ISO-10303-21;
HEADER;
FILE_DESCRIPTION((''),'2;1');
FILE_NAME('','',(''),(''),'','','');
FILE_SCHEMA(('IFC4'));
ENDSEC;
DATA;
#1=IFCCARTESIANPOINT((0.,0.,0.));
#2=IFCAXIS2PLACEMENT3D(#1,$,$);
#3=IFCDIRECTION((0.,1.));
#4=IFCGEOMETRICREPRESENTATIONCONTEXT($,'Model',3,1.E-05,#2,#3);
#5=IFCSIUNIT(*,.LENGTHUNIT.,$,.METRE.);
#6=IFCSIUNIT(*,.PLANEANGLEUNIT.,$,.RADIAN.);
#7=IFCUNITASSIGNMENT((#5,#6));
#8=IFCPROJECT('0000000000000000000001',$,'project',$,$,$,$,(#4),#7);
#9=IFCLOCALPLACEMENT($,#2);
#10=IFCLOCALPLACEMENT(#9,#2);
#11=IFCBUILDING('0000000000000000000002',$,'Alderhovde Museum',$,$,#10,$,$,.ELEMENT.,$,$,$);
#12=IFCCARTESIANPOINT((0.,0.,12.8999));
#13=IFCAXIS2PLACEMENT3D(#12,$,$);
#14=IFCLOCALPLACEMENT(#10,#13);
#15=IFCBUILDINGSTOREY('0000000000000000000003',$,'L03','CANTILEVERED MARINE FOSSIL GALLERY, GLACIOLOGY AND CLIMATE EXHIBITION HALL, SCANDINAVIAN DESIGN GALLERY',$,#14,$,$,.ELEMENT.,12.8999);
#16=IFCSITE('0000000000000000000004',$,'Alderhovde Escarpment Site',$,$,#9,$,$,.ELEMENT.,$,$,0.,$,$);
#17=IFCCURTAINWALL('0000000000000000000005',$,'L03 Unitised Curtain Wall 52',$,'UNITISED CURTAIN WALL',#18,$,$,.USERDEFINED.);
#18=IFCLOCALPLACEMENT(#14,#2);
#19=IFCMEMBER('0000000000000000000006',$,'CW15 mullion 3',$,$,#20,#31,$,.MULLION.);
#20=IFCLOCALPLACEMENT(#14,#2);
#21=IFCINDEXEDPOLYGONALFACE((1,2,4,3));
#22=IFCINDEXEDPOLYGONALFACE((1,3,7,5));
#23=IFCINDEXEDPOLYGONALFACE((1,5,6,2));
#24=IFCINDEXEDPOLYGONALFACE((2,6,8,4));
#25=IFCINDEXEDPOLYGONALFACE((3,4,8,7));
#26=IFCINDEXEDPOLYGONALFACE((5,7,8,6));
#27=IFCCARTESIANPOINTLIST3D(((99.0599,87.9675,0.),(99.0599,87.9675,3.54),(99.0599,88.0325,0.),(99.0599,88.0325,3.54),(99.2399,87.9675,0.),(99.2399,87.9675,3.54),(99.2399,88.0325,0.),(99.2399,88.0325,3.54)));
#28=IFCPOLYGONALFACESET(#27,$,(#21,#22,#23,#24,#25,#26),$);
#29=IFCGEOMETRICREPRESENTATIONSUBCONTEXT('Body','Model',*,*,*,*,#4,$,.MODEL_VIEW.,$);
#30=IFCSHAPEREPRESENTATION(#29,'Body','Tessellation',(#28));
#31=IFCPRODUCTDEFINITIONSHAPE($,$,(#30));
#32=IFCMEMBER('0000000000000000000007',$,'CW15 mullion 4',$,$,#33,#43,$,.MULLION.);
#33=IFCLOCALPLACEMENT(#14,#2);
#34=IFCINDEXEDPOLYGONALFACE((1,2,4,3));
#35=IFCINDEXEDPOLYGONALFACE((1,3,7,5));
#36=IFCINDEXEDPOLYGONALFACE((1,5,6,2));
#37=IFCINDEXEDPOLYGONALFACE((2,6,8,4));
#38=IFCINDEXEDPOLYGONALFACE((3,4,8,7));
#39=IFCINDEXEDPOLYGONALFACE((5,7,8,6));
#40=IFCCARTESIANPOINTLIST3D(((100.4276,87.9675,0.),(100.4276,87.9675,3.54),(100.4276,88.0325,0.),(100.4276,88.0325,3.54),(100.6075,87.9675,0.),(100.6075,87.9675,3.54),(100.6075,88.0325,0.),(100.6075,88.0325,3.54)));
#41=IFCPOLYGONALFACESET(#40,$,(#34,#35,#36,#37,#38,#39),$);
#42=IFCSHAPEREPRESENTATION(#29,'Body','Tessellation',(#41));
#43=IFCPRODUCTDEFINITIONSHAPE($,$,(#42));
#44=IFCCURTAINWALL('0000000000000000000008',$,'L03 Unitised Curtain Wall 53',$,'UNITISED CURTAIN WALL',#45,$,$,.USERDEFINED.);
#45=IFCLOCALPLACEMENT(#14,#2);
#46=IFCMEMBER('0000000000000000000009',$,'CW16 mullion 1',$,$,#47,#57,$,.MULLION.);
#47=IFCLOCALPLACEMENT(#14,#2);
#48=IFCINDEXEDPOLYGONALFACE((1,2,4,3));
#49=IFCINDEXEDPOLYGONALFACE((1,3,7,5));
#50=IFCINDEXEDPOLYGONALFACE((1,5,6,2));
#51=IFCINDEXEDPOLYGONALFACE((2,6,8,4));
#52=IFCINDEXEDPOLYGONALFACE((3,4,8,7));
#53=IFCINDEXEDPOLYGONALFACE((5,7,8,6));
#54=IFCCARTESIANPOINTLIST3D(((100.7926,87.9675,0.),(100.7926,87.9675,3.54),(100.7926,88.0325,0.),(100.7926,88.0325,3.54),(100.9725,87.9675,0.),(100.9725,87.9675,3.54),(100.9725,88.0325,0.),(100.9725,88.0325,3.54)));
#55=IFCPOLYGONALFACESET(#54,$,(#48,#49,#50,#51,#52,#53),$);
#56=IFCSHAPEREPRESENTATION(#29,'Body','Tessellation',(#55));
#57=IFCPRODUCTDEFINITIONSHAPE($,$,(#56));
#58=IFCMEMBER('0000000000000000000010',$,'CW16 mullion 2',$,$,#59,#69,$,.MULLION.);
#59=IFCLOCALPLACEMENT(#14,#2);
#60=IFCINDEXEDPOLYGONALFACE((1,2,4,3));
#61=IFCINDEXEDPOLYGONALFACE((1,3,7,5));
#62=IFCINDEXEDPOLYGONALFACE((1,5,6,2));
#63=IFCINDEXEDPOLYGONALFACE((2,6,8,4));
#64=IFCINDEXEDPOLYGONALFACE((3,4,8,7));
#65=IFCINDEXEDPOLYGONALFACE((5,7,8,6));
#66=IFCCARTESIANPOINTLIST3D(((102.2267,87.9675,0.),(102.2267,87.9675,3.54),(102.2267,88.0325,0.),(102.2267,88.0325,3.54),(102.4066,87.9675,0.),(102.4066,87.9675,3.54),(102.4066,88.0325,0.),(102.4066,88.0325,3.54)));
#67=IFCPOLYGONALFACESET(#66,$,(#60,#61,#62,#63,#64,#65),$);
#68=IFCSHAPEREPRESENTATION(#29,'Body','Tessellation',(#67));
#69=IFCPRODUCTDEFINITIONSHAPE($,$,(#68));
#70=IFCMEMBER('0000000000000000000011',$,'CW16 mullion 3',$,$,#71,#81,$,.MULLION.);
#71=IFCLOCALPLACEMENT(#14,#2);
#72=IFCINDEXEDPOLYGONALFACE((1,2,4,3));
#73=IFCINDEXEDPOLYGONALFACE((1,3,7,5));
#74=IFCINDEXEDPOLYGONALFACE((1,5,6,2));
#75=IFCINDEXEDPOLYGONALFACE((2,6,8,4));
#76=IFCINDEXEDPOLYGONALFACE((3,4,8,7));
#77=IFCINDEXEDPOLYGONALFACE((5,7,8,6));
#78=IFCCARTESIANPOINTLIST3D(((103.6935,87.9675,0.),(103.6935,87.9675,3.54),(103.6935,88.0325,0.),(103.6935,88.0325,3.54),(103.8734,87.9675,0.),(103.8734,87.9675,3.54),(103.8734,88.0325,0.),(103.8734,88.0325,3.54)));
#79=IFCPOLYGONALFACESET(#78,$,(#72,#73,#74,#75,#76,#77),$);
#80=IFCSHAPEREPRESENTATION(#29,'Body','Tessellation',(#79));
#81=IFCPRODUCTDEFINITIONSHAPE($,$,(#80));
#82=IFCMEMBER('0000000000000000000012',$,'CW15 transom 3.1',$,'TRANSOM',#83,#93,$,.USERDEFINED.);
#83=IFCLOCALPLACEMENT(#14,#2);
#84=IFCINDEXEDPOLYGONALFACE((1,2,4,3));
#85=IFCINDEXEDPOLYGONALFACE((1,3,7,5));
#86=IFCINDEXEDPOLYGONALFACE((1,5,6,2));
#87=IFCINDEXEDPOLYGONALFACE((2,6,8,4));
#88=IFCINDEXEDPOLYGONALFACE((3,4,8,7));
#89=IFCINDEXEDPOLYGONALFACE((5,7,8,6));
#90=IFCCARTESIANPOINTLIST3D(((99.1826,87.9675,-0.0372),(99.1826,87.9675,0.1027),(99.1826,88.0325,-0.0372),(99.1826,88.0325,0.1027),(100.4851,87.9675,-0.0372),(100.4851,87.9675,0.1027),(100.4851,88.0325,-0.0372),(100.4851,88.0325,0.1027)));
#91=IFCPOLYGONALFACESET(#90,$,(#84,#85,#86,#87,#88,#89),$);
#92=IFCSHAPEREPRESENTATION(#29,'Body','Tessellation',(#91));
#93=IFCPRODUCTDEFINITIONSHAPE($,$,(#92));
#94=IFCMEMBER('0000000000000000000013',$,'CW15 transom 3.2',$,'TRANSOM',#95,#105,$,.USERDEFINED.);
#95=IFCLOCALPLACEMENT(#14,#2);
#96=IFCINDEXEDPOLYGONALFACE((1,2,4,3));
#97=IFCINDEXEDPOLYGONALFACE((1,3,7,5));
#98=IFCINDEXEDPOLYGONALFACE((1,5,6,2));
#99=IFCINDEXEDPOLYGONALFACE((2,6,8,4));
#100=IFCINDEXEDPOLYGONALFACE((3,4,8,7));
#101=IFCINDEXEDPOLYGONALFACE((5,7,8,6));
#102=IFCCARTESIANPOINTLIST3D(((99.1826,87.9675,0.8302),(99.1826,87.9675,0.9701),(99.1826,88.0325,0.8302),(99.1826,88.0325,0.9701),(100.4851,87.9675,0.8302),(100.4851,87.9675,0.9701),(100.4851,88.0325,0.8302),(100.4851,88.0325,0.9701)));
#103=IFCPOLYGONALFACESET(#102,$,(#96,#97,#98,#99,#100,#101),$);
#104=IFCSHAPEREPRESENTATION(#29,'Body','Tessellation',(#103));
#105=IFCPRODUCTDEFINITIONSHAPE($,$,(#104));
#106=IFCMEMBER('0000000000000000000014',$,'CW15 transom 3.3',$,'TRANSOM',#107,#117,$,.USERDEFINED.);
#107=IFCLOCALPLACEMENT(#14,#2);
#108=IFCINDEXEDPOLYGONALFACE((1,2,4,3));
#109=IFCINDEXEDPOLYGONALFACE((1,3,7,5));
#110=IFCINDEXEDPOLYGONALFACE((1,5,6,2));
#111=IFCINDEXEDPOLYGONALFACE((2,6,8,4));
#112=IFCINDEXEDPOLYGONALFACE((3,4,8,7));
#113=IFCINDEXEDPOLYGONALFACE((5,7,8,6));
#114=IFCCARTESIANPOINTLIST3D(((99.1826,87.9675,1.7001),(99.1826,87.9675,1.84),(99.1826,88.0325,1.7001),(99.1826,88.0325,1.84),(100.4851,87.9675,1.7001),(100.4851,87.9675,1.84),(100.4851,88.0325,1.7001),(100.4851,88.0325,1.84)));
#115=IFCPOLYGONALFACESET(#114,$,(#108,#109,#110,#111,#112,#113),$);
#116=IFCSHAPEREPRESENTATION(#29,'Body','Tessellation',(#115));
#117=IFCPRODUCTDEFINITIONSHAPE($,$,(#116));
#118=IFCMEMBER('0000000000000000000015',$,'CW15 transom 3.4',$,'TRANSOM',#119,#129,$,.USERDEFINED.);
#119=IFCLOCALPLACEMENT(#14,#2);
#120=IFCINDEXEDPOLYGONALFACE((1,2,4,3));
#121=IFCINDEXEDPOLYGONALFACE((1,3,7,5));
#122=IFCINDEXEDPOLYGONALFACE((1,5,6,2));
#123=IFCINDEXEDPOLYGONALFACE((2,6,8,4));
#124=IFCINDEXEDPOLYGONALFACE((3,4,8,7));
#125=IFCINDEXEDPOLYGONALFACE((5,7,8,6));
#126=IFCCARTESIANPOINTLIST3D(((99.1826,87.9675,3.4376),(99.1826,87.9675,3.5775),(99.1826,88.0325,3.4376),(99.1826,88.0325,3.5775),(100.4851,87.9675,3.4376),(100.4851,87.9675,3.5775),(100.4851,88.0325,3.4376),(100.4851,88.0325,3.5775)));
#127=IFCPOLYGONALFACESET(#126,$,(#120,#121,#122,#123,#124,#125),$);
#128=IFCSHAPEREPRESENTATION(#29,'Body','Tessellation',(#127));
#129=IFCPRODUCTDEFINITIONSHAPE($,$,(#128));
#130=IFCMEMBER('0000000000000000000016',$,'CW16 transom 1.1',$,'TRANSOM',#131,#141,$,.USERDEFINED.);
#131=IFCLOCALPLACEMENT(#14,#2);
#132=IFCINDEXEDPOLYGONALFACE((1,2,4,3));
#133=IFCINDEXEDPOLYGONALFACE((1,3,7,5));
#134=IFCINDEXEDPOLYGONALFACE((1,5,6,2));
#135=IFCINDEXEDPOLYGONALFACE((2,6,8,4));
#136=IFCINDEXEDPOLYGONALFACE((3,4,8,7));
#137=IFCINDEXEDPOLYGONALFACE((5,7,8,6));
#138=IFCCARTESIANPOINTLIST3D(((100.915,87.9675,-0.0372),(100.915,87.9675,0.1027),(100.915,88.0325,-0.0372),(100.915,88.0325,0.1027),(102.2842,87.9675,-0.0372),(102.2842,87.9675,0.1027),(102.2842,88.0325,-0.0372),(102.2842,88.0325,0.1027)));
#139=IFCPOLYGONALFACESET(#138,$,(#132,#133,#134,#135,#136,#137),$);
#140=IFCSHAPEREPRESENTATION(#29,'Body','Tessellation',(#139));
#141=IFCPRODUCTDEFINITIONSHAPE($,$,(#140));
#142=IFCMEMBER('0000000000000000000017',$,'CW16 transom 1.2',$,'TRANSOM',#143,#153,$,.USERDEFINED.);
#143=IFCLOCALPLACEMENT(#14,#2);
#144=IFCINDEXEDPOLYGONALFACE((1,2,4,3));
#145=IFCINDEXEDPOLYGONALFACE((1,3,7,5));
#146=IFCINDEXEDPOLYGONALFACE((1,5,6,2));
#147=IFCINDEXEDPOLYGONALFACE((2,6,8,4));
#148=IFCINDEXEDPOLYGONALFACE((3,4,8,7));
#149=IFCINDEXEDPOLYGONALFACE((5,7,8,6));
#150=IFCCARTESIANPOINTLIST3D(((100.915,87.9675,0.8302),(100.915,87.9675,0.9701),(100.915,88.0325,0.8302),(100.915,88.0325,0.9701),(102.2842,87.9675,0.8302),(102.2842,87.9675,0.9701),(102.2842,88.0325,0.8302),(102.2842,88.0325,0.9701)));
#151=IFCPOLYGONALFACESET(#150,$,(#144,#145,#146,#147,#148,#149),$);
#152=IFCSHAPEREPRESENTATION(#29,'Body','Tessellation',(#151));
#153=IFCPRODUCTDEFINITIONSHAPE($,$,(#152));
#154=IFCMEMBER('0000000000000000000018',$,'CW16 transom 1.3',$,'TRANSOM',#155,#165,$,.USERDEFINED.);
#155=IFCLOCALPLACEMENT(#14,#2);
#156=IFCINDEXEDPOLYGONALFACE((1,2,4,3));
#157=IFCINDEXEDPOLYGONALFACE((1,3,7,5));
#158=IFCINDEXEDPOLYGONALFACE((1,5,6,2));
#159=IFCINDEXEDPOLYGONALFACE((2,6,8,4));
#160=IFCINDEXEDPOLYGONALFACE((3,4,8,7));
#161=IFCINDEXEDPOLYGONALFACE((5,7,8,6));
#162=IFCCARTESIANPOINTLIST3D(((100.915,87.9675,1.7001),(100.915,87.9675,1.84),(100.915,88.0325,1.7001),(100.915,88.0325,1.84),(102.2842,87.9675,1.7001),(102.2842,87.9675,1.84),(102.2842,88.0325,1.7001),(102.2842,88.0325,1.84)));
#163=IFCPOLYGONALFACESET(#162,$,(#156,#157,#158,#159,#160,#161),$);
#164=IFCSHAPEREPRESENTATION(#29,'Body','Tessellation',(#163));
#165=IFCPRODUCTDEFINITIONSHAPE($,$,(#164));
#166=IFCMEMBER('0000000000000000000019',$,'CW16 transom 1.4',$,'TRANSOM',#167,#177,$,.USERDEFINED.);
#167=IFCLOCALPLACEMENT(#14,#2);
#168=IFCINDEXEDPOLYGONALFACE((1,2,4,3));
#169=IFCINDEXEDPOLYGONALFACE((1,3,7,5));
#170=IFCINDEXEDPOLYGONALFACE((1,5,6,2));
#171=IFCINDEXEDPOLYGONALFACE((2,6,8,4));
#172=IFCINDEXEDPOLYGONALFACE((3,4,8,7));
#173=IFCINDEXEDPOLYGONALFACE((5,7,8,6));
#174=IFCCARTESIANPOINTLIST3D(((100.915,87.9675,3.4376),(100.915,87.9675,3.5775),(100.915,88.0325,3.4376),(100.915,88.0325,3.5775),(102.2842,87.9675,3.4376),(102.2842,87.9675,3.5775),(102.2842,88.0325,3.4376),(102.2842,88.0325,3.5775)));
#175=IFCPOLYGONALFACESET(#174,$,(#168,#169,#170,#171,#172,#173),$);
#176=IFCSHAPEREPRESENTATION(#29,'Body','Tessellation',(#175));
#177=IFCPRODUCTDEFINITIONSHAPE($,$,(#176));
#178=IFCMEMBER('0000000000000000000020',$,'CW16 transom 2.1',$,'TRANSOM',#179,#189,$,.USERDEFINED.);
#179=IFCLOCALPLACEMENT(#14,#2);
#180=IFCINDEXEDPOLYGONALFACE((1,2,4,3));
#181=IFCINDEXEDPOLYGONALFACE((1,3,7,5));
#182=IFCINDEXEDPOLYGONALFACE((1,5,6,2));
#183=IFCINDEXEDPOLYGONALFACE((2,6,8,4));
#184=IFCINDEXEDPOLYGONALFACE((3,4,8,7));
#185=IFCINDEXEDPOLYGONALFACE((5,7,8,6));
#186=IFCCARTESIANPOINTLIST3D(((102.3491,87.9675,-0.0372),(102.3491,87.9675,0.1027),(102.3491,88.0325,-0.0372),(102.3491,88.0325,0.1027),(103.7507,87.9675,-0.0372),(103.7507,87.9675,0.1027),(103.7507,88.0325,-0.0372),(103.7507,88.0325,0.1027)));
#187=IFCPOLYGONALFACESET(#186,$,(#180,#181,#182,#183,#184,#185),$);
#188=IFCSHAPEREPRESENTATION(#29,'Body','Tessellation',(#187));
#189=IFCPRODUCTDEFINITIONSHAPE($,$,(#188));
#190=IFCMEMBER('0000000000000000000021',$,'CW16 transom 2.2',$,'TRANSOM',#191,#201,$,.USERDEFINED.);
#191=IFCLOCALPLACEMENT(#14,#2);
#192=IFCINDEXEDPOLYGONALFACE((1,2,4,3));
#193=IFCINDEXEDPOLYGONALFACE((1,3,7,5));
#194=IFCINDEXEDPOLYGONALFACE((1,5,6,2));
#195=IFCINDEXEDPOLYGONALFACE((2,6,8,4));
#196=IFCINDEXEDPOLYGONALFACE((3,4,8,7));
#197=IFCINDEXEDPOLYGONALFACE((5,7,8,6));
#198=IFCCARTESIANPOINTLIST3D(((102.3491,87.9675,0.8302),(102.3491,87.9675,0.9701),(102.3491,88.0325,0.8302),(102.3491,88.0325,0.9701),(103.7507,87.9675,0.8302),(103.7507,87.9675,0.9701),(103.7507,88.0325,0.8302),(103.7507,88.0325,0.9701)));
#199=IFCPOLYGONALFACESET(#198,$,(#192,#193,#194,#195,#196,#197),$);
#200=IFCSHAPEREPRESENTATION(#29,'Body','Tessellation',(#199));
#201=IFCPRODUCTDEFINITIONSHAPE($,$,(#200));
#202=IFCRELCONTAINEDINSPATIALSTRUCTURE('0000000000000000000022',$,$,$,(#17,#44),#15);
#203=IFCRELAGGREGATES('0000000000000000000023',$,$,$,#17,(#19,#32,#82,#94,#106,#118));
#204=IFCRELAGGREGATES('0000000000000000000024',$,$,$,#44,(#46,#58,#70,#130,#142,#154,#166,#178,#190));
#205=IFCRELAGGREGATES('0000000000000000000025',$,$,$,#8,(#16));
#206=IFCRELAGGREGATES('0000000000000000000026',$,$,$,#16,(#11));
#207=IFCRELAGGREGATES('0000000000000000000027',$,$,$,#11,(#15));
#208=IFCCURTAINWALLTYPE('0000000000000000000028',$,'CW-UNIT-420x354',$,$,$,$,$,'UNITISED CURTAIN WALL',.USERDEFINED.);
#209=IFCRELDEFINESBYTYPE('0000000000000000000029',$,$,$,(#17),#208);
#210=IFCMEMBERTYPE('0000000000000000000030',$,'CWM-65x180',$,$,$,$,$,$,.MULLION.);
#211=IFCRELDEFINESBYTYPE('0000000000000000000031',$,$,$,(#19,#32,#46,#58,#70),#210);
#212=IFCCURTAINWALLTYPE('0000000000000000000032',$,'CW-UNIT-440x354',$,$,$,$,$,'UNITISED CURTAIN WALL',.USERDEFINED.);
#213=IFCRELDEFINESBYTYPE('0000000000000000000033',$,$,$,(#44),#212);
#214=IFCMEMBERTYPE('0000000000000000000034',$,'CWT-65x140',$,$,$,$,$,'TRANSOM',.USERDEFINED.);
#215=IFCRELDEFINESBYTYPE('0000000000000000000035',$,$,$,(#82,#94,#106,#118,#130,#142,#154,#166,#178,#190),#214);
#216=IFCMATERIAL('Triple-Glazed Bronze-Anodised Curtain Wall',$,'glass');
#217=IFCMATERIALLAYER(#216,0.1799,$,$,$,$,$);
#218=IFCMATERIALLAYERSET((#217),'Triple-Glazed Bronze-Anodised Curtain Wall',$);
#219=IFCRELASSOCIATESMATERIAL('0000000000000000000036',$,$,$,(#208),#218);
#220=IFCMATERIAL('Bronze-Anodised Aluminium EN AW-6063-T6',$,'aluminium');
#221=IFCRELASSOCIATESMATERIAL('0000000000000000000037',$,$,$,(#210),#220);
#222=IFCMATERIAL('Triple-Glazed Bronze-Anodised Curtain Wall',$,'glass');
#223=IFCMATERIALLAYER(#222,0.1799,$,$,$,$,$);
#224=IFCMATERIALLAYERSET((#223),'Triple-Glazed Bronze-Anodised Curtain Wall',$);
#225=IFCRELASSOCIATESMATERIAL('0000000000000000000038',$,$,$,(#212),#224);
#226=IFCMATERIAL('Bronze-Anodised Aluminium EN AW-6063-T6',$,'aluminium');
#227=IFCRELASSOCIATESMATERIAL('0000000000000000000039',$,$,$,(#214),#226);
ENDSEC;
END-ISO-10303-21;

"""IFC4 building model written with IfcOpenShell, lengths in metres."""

from ifc_helpers import new_model, si_unit, direction, frame, origin, origin_2d, place, context, subcontext, project, spatial, rectangle, extrude, material, layer, layer_set, material_profile, profile_set, type_object, element, aggregate, save


model = new_model("IFC4")

# Units and contexts
model_context = context("Model", 3, precision=1e-05, world=origin(), true_north=direction((0.0, 1.0)))
body_context = subcontext(model_context, "Body", "Model", "MODEL_VIEW")
ifc_project = project(units=[si_unit("LENGTHUNIT", "METRE"), si_unit("PLANEANGLEUNIT", "RADIAN")], contexts=[model_context])

# Site, building, storey
site_placement = place(None, origin())
site = spatial("IfcSite", under=ifc_project, at=site_placement, Name="Alderhovde Escarpment Site", CompositionType="ELEMENT", RefElevation=0.0)
building_placement = place(site_placement, origin())
building = spatial("IfcBuilding", under=site, at=building_placement, Name="Alderhovde Museum", CompositionType="ELEMENT")
storey_placement = place(building_placement, frame((0.0, 0.0, 12.8999)))
storey = spatial("IfcBuildingStorey", under=building, at=storey_placement, Name="L03", Description="CANTILEVERED MARINE FOSSIL GALLERY, GLACIOLOGY AND CLIMATE EXHIBITION HALL, SCANDINAVIAN DESIGN GALLERY", CompositionType="ELEMENT", Elevation=12.8999)

# Curtain walls, members
ifc_material_1 = material(Name="Triple-Glazed Bronze-Anodised Curtain Wall", Category="glass")
ifc_layer_1 = layer(ifc_material_1, 0.1799)
ifc_layer_set_1 = layer_set([ifc_layer_1], Name="Triple-Glazed Bronze-Anodised Curtain Wall")
curtain_wall_type_1 = type_object("IfcCurtainWallType", Name="CW-UNIT-420x354", ElementType="UNITISED CURTAIN WALL", PredefinedType="USERDEFINED", material=ifc_layer_set_1)
curtain_wall_1_placement = place(storey_placement, origin())
curtain_wall_1 = element("IfcCurtainWall", 1, at=curtain_wall_1_placement, inside=storey, type_object=curtain_wall_type_1, Name="L03 Unitised Curtain Wall 52", ObjectType="UNITISED CURTAIN WALL", PredefinedType="USERDEFINED")
ifc_material_2 = material(Name="Bronze-Anodised Aluminium EN AW-6063-T6", Category="aluminium")
ifc_material_profile_1 = material_profile(ifc_material_2, rectangle(XDim=0.0649, YDim=0.1799, at=origin_2d()), Name="MULLION 65x180")
ifc_profile_set_1 = profile_set([ifc_material_profile_1], Name="Bronze-Anodised Aluminium EN AW-6063-T6")
member_type_1 = type_object("IfcMemberType", Name="CWM-65x180", PredefinedType="MULLION", material=ifc_profile_set_1)
member_1_placement = place(storey_placement, frame((99.1499, 88.0, 0.0), z_axis=(0.0, 0.0, 1.0), x_axis=(0.0, 1.0, 0.0)))
member_1 = element("IfcMember", 2, at=member_1_placement, type_object=member_type_1, Name="CW15 mullion 3", PredefinedType="MULLION", context=body_context, shape_type="SweptSolid", body=[
    extrude(rectangle(XDim=0.0649, YDim=0.1799, at=origin_2d()), origin(), (0.0, 0.0, 1.0), 3.54),
])
member_2_placement = place(storey_placement, frame((100.5176, 88.0, 0.0), z_axis=(0.0, 0.0, 1.0), x_axis=(0.0, 1.0, 0.0)))
member_2 = element("IfcMember", 3, at=member_2_placement, type_object=member_type_1, Name="CW15 mullion 4", PredefinedType="MULLION", context=body_context, shape_type="SweptSolid", body=[
    extrude(rectangle(XDim=0.0649, YDim=0.1799, at=origin_2d()), origin(), (0.0, 0.0, 1.0), 3.54),
])
ifc_material_3 = material(Name="Triple-Glazed Bronze-Anodised Curtain Wall", Category="glass")
ifc_layer_2 = layer(ifc_material_3, 0.1799)
ifc_layer_set_2 = layer_set([ifc_layer_2], Name="Triple-Glazed Bronze-Anodised Curtain Wall")
curtain_wall_type_2 = type_object("IfcCurtainWallType", Name="CW-UNIT-440x354", ElementType="UNITISED CURTAIN WALL", PredefinedType="USERDEFINED", material=ifc_layer_set_2)
curtain_wall_2_placement = place(storey_placement, origin())
curtain_wall_2 = element("IfcCurtainWall", 4, at=curtain_wall_2_placement, inside=storey, type_object=curtain_wall_type_2, Name="L03 Unitised Curtain Wall 53", ObjectType="UNITISED CURTAIN WALL", PredefinedType="USERDEFINED")
member_3_placement = place(storey_placement, frame((100.8826, 88.0, 0.0), z_axis=(0.0, 0.0, 1.0), x_axis=(0.0, 1.0, 0.0)))
member_3 = element("IfcMember", 5, at=member_3_placement, type_object=member_type_1, Name="CW16 mullion 1", PredefinedType="MULLION", context=body_context, shape_type="SweptSolid", body=[
    extrude(rectangle(XDim=0.0649, YDim=0.1799, at=origin_2d()), origin(), (0.0, 0.0, 1.0), 3.54),
])
member_4_placement = place(storey_placement, frame((102.3167, 88.0, 0.0), z_axis=(0.0, 0.0, 1.0), x_axis=(0.0, 1.0, 0.0)))
member_4 = element("IfcMember", 6, at=member_4_placement, type_object=member_type_1, Name="CW16 mullion 2", PredefinedType="MULLION", context=body_context, shape_type="SweptSolid", body=[
    extrude(rectangle(XDim=0.0649, YDim=0.1799, at=origin_2d()), origin(), (0.0, 0.0, 1.0), 3.54),
])
member_5_placement = place(storey_placement, frame((103.7834, 88.0, 0.0), z_axis=(0.0, 0.0, 1.0), x_axis=(0.0, 1.0, 0.0)))
member_5 = element("IfcMember", 7, at=member_5_placement, type_object=member_type_1, Name="CW16 mullion 3", PredefinedType="MULLION", context=body_context, shape_type="SweptSolid", body=[
    extrude(rectangle(XDim=0.0649, YDim=0.1799, at=origin_2d()), origin(), (0.0, 0.0, 1.0), 3.54),
])

# Members
ifc_material_4 = material(Name="Bronze-Anodised Aluminium EN AW-6063-T6", Category="aluminium")
ifc_material_profile_2 = material_profile(ifc_material_4, rectangle(XDim=0.0649, YDim=0.1399, at=origin_2d()), Name="TRANSOM 65x140")
ifc_profile_set_2 = profile_set([ifc_material_profile_2], Name="Bronze-Anodised Aluminium EN AW-6063-T6")
member_type_2 = type_object("IfcMemberType", Name="CWT-65x140", ElementType="TRANSOM", PredefinedType="USERDEFINED", material=ifc_profile_set_2)
member_6_placement = place(storey_placement, frame((99.1826, 88.0, 0.0327), z_axis=(1.0, 0.0, 0.0), x_axis=(0.0, 1.0, 0.0)))
member_6 = element("IfcMember", 8, at=member_6_placement, type_object=member_type_2, Name="CW15 transom 3.1", ObjectType="TRANSOM", PredefinedType="USERDEFINED", context=body_context, shape_type="SweptSolid", body=[
    extrude(rectangle(XDim=0.0649, YDim=0.1399, at=origin_2d()), origin(), (0.0, 0.0, 1.0), 1.3025),
])
member_7_placement = place(storey_placement, frame((99.1826, 88.0, 0.9001), z_axis=(1.0, 0.0, 0.0), x_axis=(0.0, 1.0, 0.0)))
member_7 = element("IfcMember", 9, at=member_7_placement, type_object=member_type_2, Name="CW15 transom 3.2", ObjectType="TRANSOM", PredefinedType="USERDEFINED", context=body_context, shape_type="SweptSolid", body=[
    extrude(rectangle(XDim=0.0649, YDim=0.1399, at=origin_2d()), origin(), (0.0, 0.0, 1.0), 1.3025),
])
member_8_placement = place(storey_placement, frame((99.1826, 88.0, 1.77), z_axis=(1.0, 0.0, 0.0), x_axis=(0.0, 1.0, 0.0)))
member_8 = element("IfcMember", 10, at=member_8_placement, type_object=member_type_2, Name="CW15 transom 3.3", ObjectType="TRANSOM", PredefinedType="USERDEFINED", context=body_context, shape_type="SweptSolid", body=[
    extrude(rectangle(XDim=0.0649, YDim=0.1399, at=origin_2d()), origin(), (0.0, 0.0, 1.0), 1.3025),
])
member_9_placement = place(storey_placement, frame((99.1826, 88.0, 3.5076), z_axis=(1.0, 0.0, 0.0), x_axis=(0.0, 1.0, 0.0)))
member_9 = element("IfcMember", 11, at=member_9_placement, type_object=member_type_2, Name="CW15 transom 3.4", ObjectType="TRANSOM", PredefinedType="USERDEFINED", context=body_context, shape_type="SweptSolid", body=[
    extrude(rectangle(XDim=0.0649, YDim=0.1399, at=origin_2d()), origin(), (0.0, 0.0, 1.0), 1.3025),
])
member_10_placement = place(storey_placement, frame((100.915, 88.0, 0.0327), z_axis=(1.0, 0.0, 0.0), x_axis=(0.0, 1.0, 0.0)))
member_10 = element("IfcMember", 12, at=member_10_placement, type_object=member_type_2, Name="CW16 transom 1.1", ObjectType="TRANSOM", PredefinedType="USERDEFINED", context=body_context, shape_type="SweptSolid", body=[
    extrude(rectangle(XDim=0.0649, YDim=0.1399, at=origin_2d()), origin(), (0.0, 0.0, 1.0), 1.3691),
])
member_11_placement = place(storey_placement, frame((100.915, 88.0, 0.9001), z_axis=(1.0, 0.0, 0.0), x_axis=(0.0, 1.0, 0.0)))
member_11 = element("IfcMember", 13, at=member_11_placement, type_object=member_type_2, Name="CW16 transom 1.2", ObjectType="TRANSOM", PredefinedType="USERDEFINED", context=body_context, shape_type="SweptSolid", body=[
    extrude(rectangle(XDim=0.0649, YDim=0.1399, at=origin_2d()), origin(), (0.0, 0.0, 1.0), 1.3691),
])
member_12_placement = place(storey_placement, frame((100.915, 88.0, 1.77), z_axis=(1.0, 0.0, 0.0), x_axis=(0.0, 1.0, 0.0)))
member_12 = element("IfcMember", 14, at=member_12_placement, type_object=member_type_2, Name="CW16 transom 1.3", ObjectType="TRANSOM", PredefinedType="USERDEFINED", context=body_context, shape_type="SweptSolid", body=[
    extrude(rectangle(XDim=0.0649, YDim=0.1399, at=origin_2d()), origin(), (0.0, 0.0, 1.0), 1.3691),
])
member_13_placement = place(storey_placement, frame((100.915, 88.0, 3.5076), z_axis=(1.0, 0.0, 0.0), x_axis=(0.0, 1.0, 0.0)))
member_13 = element("IfcMember", 15, at=member_13_placement, type_object=member_type_2, Name="CW16 transom 1.4", ObjectType="TRANSOM", PredefinedType="USERDEFINED", context=body_context, shape_type="SweptSolid", body=[
    extrude(rectangle(XDim=0.0649, YDim=0.1399, at=origin_2d()), origin(), (0.0, 0.0, 1.0), 1.3691),
])
member_14_placement = place(storey_placement, frame((102.3491, 88.0, 0.0327), z_axis=(1.0, 0.0, 0.0), x_axis=(0.0, 1.0, 0.0)))
member_14 = element("IfcMember", 16, at=member_14_placement, type_object=member_type_2, Name="CW16 transom 2.1", ObjectType="TRANSOM", PredefinedType="USERDEFINED", context=body_context, shape_type="SweptSolid", body=[
    extrude(rectangle(XDim=0.0649, YDim=0.1399, at=origin_2d()), origin(), (0.0, 0.0, 1.0), 1.4016),
])
member_15_placement = place(storey_placement, frame((102.3491, 88.0, 0.9001), z_axis=(1.0, 0.0, 0.0), x_axis=(0.0, 1.0, 0.0)))
member_15 = element("IfcMember", 17, at=member_15_placement, type_object=member_type_2, Name="CW16 transom 2.2", ObjectType="TRANSOM", PredefinedType="USERDEFINED", context=body_context, shape_type="SweptSolid", body=[
    extrude(rectangle(XDim=0.0649, YDim=0.1399, at=origin_2d()), origin(), (0.0, 0.0, 1.0), 1.4016),
])

aggregate(curtain_wall_1, [member_1, member_2, member_6, member_7, member_8, member_9])
aggregate(curtain_wall_2, [member_3, member_4, member_5, member_10, member_11, member_12, member_13, member_14, member_15])

save(model, "model.ifc")
